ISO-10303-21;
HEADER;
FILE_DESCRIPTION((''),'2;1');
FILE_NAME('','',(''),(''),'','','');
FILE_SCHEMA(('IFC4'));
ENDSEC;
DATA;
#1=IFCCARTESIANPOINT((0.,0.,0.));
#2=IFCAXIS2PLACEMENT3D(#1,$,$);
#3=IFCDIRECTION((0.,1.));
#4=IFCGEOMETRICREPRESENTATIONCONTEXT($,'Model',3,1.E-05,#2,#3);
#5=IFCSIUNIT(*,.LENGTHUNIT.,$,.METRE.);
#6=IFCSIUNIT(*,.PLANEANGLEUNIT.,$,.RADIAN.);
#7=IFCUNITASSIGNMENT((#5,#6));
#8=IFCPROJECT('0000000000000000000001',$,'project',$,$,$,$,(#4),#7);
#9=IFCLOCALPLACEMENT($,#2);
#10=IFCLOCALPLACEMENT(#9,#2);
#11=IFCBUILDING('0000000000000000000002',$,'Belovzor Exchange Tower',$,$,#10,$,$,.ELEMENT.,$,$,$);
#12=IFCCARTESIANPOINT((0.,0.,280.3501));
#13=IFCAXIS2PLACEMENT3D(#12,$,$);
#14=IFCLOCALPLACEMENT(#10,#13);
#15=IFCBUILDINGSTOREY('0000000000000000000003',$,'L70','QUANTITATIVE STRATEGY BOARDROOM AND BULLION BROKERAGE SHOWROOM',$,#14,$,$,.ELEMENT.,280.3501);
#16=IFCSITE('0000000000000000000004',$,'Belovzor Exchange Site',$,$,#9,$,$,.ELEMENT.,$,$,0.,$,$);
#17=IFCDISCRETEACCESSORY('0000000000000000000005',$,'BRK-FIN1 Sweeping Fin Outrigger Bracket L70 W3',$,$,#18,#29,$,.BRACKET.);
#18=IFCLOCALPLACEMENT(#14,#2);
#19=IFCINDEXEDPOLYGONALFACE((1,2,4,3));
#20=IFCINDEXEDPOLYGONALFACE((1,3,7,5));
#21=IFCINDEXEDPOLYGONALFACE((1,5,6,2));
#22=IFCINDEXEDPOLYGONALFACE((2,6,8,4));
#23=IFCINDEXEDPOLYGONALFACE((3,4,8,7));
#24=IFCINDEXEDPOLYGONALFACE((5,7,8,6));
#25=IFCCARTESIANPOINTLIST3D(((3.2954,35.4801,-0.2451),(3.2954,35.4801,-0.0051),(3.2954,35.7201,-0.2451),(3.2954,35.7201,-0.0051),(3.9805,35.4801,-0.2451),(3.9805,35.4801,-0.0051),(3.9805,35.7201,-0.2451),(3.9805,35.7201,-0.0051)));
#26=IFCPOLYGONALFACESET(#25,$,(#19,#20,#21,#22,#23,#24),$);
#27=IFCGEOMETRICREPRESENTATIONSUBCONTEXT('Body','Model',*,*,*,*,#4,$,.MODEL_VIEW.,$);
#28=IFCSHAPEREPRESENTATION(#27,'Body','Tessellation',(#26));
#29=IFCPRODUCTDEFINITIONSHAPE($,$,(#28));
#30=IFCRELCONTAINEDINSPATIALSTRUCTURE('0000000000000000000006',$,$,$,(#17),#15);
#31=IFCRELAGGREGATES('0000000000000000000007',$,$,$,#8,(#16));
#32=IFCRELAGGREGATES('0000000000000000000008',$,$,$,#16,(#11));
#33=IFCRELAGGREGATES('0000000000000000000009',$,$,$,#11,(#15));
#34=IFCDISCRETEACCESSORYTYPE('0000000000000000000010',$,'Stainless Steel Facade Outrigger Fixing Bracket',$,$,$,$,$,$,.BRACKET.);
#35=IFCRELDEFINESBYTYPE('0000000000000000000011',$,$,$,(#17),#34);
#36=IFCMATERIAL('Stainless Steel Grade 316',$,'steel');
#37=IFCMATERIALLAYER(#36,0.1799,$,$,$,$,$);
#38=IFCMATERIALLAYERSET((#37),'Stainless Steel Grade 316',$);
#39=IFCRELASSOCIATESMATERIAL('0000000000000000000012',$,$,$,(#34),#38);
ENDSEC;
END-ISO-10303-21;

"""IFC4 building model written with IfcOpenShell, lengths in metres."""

from ifc_helpers import new_model, si_unit, direction, frame, origin, origin_2d, place, context, subcontext, project, spatial, rectangle, extrude, material, layer, layer_set, type_object, element, save


model = new_model("IFC4")

# Units and contexts
model_context = context("Model", 3, precision=1e-05, world=origin(), true_north=direction((0.0, 1.0)))
body_context = subcontext(model_context, "Body", "Model", "MODEL_VIEW")
ifc_project = project(units=[si_unit("LENGTHUNIT", "METRE"), si_unit("PLANEANGLEUNIT", "RADIAN")], contexts=[model_context])

# Site, building, storey
site_placement = place(None, origin())
site = spatial("IfcSite", under=ifc_project, at=site_placement, Name="Belovzor Exchange Site", CompositionType="ELEMENT", RefElevation=0.0)
building_placement = place(site_placement, origin())
building = spatial("IfcBuilding", under=site, at=building_placement, Name="Belovzor Exchange Tower", CompositionType="ELEMENT")
storey_placement = place(building_placement, frame((0.0, 0.0, 280.3501)))
storey = spatial("IfcBuildingStorey", under=building, at=storey_placement, Name="L70", Description="QUANTITATIVE STRATEGY BOARDROOM AND BULLION BROKERAGE SHOWROOM", CompositionType="ELEMENT", Elevation=280.3501)

# Discrete accessory
ifc_material_1 = material(Name="Stainless Steel Grade 316", Category="steel")
ifc_layer_1 = layer(ifc_material_1, 0.1799)
ifc_layer_set_1 = layer_set([ifc_layer_1], Name="Stainless Steel Grade 316")
discrete_accessory_type = type_object("IfcDiscreteAccessoryType", Name="Stainless Steel Facade Outrigger Fixing Bracket", PredefinedType="BRACKET", material=ifc_layer_set_1)
discrete_accessory_placement = place(storey_placement, frame((3.6379, 35.6001, -0.2451), z_axis=(0.0, 0.0, 1.0), x_axis=(1.0, 0.0, 0.0)))
element("IfcDiscreteAccessory", 1, at=discrete_accessory_placement, inside=storey, type_object=discrete_accessory_type, Name="BRK-FIN1 Sweeping Fin Outrigger Bracket L70 W3", PredefinedType="BRACKET", context=body_context, shape_type="SweptSolid", body=[
    extrude(rectangle(XDim=0.6851, YDim=0.24, at=origin_2d()), origin(), (0.0, 0.0, 1.0), 0.24),
])

save(model, "model.ifc")
